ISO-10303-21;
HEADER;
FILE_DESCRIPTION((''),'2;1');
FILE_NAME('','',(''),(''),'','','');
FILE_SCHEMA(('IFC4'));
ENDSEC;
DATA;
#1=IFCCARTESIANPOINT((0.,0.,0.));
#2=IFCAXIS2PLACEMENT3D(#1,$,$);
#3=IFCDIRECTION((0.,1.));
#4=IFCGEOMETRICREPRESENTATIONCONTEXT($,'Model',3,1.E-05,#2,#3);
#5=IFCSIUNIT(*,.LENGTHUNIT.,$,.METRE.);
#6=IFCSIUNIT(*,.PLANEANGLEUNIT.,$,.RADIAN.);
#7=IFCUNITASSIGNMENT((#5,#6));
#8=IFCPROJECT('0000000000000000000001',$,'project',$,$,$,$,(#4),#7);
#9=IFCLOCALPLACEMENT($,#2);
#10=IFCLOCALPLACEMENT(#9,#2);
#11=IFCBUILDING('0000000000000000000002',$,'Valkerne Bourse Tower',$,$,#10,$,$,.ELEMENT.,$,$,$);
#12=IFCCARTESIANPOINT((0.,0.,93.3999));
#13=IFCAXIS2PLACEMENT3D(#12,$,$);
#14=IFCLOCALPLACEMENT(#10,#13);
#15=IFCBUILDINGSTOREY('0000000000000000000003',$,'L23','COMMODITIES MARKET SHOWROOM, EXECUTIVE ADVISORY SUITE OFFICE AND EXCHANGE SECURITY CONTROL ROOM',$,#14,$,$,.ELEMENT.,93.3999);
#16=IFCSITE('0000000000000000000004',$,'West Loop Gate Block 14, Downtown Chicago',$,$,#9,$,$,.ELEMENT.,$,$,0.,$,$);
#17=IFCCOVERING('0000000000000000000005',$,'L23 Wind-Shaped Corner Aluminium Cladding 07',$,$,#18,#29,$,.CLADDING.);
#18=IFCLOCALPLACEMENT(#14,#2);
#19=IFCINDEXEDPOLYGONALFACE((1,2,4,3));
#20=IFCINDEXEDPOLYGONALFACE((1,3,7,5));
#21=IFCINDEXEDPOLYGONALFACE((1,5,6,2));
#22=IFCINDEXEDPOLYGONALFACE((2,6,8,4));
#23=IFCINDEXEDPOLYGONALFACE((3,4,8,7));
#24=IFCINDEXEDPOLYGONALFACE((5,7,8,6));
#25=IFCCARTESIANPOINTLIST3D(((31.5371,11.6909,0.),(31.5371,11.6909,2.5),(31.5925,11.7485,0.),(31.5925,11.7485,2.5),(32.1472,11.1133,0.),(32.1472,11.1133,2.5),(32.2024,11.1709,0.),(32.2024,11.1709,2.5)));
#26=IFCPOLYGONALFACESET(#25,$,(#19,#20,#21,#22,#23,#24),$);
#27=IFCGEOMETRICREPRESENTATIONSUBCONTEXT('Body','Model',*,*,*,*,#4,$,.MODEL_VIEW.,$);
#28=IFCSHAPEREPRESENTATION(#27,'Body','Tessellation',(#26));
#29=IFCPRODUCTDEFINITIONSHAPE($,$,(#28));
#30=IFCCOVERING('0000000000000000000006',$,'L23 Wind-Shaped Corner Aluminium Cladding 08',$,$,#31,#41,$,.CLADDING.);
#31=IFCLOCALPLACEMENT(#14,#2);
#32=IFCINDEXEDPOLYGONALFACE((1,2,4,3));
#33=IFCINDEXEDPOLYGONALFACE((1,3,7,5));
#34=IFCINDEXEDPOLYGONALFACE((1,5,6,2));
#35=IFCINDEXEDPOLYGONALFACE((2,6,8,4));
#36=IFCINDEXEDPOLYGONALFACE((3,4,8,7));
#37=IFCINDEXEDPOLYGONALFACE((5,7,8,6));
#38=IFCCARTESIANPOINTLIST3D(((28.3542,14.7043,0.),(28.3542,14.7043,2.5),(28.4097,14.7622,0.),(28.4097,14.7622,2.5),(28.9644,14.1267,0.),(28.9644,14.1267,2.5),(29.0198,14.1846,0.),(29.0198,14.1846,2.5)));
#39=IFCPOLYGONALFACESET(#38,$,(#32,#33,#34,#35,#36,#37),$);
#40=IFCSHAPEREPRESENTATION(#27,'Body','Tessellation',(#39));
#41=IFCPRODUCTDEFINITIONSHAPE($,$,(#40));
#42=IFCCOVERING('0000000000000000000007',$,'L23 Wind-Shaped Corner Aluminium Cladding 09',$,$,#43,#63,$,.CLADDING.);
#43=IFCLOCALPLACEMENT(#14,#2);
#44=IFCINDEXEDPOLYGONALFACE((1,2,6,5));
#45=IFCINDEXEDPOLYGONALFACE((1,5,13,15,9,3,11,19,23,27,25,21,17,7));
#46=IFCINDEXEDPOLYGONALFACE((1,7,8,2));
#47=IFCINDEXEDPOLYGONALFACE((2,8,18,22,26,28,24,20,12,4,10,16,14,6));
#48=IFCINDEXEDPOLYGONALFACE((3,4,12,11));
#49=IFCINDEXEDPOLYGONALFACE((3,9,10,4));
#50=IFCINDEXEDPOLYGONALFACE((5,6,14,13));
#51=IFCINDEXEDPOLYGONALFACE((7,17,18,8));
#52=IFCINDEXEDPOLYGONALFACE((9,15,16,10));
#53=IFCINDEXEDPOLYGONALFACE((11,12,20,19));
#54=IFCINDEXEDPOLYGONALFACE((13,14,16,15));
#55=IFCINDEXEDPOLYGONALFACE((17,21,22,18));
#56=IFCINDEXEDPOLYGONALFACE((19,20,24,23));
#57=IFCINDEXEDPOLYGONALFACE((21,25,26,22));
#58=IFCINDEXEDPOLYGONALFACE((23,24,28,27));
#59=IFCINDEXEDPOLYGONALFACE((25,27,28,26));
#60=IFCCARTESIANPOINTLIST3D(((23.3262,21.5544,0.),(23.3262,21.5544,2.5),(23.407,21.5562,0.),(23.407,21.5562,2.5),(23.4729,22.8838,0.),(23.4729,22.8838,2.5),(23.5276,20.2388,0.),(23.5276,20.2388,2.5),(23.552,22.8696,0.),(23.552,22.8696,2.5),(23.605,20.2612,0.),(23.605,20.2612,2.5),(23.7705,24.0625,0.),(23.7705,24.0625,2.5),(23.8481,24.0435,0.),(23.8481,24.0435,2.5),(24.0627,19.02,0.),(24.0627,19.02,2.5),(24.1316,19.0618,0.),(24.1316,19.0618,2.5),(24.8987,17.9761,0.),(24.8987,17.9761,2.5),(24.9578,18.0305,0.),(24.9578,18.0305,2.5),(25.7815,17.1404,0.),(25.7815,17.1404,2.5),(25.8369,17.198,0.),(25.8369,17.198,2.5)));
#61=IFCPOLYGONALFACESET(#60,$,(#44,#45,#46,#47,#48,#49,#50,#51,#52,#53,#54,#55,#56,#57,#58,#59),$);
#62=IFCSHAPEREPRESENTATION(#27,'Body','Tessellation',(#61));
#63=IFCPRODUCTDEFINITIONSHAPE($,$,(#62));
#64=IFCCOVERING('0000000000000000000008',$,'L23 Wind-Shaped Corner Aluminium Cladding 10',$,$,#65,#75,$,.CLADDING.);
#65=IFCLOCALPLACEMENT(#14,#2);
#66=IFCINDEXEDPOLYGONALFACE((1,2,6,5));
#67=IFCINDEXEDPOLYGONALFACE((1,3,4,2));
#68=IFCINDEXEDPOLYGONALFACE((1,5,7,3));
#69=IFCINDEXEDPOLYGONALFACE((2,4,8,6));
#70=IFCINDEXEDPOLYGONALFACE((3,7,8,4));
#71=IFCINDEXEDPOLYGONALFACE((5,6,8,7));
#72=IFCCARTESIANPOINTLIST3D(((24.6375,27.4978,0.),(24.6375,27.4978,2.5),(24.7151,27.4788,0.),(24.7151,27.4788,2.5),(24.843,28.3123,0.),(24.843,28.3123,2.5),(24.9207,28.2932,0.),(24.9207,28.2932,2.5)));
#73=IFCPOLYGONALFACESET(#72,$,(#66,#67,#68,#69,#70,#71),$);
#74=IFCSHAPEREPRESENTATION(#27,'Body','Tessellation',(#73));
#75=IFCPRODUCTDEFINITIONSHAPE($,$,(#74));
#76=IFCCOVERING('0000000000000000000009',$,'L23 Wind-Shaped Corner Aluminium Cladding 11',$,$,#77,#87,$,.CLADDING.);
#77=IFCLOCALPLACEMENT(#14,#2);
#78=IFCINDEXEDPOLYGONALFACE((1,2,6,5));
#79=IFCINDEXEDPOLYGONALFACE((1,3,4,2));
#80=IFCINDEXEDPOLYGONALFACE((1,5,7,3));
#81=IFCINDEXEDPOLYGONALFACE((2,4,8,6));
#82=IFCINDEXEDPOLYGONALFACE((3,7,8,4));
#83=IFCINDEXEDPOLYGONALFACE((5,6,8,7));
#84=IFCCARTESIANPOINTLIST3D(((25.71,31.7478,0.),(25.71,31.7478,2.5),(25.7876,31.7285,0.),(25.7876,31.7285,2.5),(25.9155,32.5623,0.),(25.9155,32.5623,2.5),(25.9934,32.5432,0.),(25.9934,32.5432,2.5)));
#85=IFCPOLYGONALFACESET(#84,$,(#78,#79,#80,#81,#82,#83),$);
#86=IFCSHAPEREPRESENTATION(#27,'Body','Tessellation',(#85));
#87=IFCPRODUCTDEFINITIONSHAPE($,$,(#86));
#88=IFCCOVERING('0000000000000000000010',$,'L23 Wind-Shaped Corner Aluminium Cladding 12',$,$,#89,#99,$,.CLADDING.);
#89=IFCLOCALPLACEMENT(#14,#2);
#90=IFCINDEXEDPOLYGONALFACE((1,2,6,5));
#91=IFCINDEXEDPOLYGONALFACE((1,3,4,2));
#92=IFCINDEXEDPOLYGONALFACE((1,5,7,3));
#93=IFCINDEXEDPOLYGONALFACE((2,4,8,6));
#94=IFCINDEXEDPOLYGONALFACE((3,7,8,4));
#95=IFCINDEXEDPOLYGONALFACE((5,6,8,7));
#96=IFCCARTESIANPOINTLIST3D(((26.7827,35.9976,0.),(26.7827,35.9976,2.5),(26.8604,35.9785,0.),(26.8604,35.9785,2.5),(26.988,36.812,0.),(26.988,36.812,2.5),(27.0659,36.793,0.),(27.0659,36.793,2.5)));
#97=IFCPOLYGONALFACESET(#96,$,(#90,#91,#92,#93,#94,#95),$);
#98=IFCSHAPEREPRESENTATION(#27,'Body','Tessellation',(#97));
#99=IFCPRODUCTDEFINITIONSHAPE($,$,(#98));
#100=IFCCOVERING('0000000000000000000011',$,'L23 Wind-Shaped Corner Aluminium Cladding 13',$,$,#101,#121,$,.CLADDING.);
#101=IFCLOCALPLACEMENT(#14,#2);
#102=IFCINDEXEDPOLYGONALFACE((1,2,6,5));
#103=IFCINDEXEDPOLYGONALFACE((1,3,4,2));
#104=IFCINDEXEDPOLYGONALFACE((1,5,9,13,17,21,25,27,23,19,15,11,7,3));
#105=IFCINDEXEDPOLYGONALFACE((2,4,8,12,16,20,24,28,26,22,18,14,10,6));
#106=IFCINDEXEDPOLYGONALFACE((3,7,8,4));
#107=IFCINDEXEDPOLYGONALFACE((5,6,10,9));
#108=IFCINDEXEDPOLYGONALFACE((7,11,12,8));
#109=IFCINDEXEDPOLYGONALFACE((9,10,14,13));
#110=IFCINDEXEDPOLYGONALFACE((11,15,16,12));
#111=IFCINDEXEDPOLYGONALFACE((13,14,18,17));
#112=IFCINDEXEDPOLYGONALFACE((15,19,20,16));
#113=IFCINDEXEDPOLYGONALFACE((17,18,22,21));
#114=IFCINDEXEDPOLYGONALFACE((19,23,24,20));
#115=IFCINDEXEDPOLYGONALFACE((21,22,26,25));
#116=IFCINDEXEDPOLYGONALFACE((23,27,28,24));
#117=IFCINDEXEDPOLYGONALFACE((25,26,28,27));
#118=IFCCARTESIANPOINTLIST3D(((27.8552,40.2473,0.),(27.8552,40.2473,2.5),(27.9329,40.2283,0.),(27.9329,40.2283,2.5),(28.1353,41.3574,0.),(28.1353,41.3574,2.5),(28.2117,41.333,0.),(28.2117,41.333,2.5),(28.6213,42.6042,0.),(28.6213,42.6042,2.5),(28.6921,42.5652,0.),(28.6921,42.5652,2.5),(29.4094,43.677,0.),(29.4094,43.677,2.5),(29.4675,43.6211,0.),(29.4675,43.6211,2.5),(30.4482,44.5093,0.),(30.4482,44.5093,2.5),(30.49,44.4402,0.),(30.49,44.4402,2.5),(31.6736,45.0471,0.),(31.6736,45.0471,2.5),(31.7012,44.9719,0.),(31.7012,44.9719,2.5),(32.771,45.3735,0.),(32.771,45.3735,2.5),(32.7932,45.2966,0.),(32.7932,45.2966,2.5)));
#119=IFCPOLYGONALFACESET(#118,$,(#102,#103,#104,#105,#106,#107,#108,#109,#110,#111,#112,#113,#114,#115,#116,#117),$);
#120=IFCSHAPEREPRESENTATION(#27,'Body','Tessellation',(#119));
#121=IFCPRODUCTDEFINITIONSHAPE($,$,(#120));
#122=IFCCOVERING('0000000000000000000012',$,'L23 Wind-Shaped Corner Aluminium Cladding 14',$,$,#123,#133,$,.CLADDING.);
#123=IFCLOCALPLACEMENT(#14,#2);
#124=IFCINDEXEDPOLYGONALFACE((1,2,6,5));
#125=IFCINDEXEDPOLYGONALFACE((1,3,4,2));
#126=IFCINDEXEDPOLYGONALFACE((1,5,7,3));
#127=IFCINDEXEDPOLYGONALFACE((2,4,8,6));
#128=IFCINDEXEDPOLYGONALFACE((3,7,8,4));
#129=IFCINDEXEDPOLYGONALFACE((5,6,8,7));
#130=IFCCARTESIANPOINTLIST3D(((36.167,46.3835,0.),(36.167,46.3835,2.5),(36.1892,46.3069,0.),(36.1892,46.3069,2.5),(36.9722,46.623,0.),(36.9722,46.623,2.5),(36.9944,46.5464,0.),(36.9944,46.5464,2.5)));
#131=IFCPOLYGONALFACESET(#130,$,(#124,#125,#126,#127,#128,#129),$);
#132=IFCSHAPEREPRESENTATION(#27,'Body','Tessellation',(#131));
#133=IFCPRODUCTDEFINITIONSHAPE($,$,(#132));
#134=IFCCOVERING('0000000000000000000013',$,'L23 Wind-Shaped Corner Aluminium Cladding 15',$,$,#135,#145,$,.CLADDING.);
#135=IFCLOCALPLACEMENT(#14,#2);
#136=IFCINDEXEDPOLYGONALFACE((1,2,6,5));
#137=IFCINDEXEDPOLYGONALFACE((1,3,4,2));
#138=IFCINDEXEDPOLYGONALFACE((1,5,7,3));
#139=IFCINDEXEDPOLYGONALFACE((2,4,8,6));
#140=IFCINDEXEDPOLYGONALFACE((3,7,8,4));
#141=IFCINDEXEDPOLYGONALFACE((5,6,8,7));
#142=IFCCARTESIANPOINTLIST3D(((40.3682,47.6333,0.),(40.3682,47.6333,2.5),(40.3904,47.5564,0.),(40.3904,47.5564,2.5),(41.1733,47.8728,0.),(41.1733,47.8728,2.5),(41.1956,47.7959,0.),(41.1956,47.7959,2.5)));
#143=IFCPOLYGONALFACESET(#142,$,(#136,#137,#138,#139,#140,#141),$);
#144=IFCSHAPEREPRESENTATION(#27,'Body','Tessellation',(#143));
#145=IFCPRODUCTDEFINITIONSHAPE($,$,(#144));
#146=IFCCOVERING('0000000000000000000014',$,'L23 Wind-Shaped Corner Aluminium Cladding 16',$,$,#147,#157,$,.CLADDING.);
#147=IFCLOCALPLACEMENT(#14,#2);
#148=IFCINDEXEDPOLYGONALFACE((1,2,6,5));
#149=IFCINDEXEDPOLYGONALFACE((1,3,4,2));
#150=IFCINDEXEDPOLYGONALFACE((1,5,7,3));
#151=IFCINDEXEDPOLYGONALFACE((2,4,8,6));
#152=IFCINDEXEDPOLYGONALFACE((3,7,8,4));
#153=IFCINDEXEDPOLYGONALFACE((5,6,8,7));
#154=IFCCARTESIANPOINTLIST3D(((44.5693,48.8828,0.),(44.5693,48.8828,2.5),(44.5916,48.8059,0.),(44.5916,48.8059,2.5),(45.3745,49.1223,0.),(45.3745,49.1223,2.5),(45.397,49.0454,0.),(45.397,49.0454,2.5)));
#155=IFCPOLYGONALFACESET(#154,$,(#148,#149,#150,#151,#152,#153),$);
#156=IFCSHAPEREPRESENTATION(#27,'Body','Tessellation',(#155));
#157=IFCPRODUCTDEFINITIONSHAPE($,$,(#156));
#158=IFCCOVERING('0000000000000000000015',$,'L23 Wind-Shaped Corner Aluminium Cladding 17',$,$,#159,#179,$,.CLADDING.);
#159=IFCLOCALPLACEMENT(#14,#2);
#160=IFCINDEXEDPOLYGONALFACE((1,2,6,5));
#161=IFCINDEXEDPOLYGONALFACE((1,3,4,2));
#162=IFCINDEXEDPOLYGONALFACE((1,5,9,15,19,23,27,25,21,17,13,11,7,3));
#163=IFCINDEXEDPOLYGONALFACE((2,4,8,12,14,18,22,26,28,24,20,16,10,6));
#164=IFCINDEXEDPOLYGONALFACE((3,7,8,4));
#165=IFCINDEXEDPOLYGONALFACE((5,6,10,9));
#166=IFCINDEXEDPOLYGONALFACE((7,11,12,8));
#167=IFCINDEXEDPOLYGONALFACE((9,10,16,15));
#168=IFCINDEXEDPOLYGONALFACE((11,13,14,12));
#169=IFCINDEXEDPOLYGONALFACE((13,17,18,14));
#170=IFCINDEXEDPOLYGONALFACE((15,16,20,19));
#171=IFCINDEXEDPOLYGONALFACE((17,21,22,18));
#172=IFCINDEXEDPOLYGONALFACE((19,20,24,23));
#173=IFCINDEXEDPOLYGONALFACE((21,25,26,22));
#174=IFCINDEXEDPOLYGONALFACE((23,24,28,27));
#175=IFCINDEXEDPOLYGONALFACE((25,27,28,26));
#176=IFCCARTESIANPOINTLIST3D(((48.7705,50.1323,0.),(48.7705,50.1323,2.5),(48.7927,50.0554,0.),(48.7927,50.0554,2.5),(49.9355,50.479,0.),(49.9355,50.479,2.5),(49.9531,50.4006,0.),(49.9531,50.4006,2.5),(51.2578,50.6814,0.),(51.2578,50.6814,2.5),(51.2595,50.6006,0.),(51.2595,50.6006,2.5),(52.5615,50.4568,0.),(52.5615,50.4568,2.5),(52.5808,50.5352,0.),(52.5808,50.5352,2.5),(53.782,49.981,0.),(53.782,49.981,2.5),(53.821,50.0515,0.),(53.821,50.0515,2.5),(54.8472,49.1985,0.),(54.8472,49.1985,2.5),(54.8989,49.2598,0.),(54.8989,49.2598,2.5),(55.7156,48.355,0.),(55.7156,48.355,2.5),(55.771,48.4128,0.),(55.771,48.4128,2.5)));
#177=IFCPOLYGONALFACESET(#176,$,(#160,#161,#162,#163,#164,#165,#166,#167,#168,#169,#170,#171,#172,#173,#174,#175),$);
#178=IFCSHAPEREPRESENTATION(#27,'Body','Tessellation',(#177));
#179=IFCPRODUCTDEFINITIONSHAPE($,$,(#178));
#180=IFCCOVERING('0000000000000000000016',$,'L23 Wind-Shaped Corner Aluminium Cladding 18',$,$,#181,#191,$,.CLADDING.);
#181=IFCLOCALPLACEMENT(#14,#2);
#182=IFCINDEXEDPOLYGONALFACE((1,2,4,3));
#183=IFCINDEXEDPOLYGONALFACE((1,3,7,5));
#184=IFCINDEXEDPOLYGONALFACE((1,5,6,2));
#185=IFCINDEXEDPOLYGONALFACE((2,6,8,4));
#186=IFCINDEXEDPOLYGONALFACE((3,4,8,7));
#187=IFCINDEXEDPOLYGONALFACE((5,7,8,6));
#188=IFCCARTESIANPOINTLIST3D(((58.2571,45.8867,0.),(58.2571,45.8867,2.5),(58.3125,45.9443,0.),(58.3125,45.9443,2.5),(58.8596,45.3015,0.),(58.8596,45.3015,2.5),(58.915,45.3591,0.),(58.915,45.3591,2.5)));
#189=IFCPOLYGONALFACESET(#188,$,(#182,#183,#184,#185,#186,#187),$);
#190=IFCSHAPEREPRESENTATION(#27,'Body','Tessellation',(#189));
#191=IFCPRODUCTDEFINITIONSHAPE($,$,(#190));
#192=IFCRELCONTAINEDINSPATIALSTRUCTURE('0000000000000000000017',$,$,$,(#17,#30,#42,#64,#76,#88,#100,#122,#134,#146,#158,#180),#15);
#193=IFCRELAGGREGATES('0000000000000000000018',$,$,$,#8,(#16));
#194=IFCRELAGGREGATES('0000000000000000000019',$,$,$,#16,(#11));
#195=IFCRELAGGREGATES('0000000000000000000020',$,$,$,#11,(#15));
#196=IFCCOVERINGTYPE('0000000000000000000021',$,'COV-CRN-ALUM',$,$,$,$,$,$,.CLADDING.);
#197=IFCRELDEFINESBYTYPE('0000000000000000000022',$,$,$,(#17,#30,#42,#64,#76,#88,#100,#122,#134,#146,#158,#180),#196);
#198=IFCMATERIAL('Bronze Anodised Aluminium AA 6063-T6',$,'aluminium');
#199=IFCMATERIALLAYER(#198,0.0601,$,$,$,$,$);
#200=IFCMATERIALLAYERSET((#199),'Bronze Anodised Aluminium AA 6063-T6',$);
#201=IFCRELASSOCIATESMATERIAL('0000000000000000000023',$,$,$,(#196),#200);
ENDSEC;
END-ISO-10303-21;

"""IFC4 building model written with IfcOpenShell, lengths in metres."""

from ifc_helpers import new_model, si_unit, direction, frame, origin, place, context, subcontext, project, spatial, polyline, outline, extrude, material, layer, layer_set, type_object, element, save


model = new_model("IFC4")

# Units and contexts
model_context = context("Model", 3, precision=1e-05, world=origin(), true_north=direction((0.0, 1.0)))
body_context = subcontext(model_context, "Body", "Model", "MODEL_VIEW")
ifc_project = project(units=[si_unit("LENGTHUNIT", "METRE"), si_unit("PLANEANGLEUNIT", "RADIAN")], contexts=[model_context])

# Site, building, storey
site_placement = place(None, origin())
site = spatial("IfcSite", under=ifc_project, at=site_placement, Name="West Loop Gate Block 14, Downtown Chicago", CompositionType="ELEMENT", RefElevation=0.0)
building_placement = place(site_placement, origin())
building = spatial("IfcBuilding", under=site, at=building_placement, Name="Valkerne Bourse Tower", CompositionType="ELEMENT")
storey_placement = place(building_placement, frame((0.0, 0.0, 93.3999)))
storey = spatial("IfcBuildingStorey", under=building, at=storey_placement, Name="L23", Description="COMMODITIES MARKET SHOWROOM, EXECUTIVE ADVISORY SUITE OFFICE AND EXCHANGE SECURITY CONTROL ROOM", CompositionType="ELEMENT", Elevation=93.3999)

# Coverings
ifc_material_1 = material(Name="Bronze Anodised Aluminium AA 6063-T6", Category="aluminium")
ifc_layer_1 = layer(ifc_material_1, 0.0601)
ifc_layer_set_1 = layer_set([ifc_layer_1], Name="Bronze Anodised Aluminium AA 6063-T6")
covering_type = type_object("IfcCoveringType", Name="COV-CRN-ALUM", PredefinedType="CLADDING", material=ifc_layer_set_1)
covering_1_placement = place(storey_placement, origin())
element("IfcCovering", 1, at=covering_1_placement, inside=storey, type_object=covering_type, Name="L23 Wind-Shaped Corner Aluminium Cladding 07", PredefinedType="CLADDING", context=body_context, shape_type="SweptSolid", body=[
    extrude(outline(polyline([(31.5371, 11.6909), (31.5925, 11.7485), (32.2024, 11.1709), (32.1472, 11.1133), (31.5371, 11.6909)])), origin(), (0.0, 0.0, 1.0), 2.5),
])
covering_2_placement = place(storey_placement, origin())
element("IfcCovering", 2, at=covering_2_placement, inside=storey, type_object=covering_type, Name="L23 Wind-Shaped Corner Aluminium Cladding 08", PredefinedType="CLADDING", context=body_context, shape_type="SweptSolid", body=[
    extrude(outline(polyline([(28.3542, 14.7043), (28.4097, 14.7622), (29.0198, 14.1846), (28.9644, 14.1267), (28.3542, 14.7043)])), origin(), (0.0, 0.0, 1.0), 2.5),
])
covering_3_placement = place(storey_placement, origin())
element("IfcCovering", 3, at=covering_3_placement, inside=storey, type_object=covering_type, Name="L23 Wind-Shaped Corner Aluminium Cladding 09", PredefinedType="CLADDING", context=body_context, shape_type="SweptSolid", body=[
    extrude(outline(polyline([(24.8987, 17.9761), (24.0627, 19.02), (23.5276, 20.2388), (23.3262, 21.5544), (23.4729, 22.8838), (23.7705, 24.0625), (23.8481, 24.0435), (23.552, 22.8696), (23.407, 21.5562), (23.605, 20.2612), (24.1316, 19.0618), (24.9578, 18.0305), (25.8369, 17.198), (25.7815, 17.1404), (24.8987, 17.9761)])), origin(), (0.0, 0.0, 1.0), 2.5),
])
covering_4_placement = place(storey_placement, origin())
element("IfcCovering", 4, at=covering_4_placement, inside=storey, type_object=covering_type, Name="L23 Wind-Shaped Corner Aluminium Cladding 10", PredefinedType="CLADDING", context=body_context, shape_type="SweptSolid", body=[
    extrude(outline(polyline([(24.843, 28.3123), (24.9207, 28.2932), (24.7151, 27.4788), (24.6375, 27.4978), (24.843, 28.3123)])), origin(), (0.0, 0.0, 1.0), 2.5),
])
covering_5_placement = place(storey_placement, origin())
element("IfcCovering", 5, at=covering_5_placement, inside=storey, type_object=covering_type, Name="L23 Wind-Shaped Corner Aluminium Cladding 11", PredefinedType="CLADDING", context=body_context, shape_type="SweptSolid", body=[
    extrude(outline(polyline([(25.9155, 32.5623), (25.9934, 32.5432), (25.7876, 31.7285), (25.71, 31.7478), (25.9155, 32.5623)])), origin(), (0.0, 0.0, 1.0), 2.5),
])
covering_6_placement = place(storey_placement, origin())
element("IfcCovering", 6, at=covering_6_placement, inside=storey, type_object=covering_type, Name="L23 Wind-Shaped Corner Aluminium Cladding 12", PredefinedType="CLADDING", context=body_context, shape_type="SweptSolid", body=[
    extrude(outline(polyline([(26.988, 36.812), (27.0659, 36.793), (26.8604, 35.9785), (26.7827, 35.9976), (26.988, 36.812)])), origin(), (0.0, 0.0, 1.0), 2.5),
])
covering_7_placement = place(storey_placement, origin())
element("IfcCovering", 7, at=covering_7_placement, inside=storey, type_object=covering_type, Name="L23 Wind-Shaped Corner Aluminium Cladding 13", PredefinedType="CLADDING", context=body_context, shape_type="SweptSolid", body=[
    extrude(outline(polyline([(28.1353, 41.3574), (28.6213, 42.6042), (29.4094, 43.677), (30.4482, 44.5093), (31.6736, 45.0471), (32.771, 45.3735), (32.7932, 45.2966), (31.7012, 44.9719), (30.49, 44.4402), (29.4675, 43.6211), (28.6921, 42.5652), (28.2117, 41.333), (27.9329, 40.2283), (27.8552, 40.2473), (28.1353, 41.3574)])), origin(), (0.0, 0.0, 1.0), 2.5),
])
covering_8_placement = place(storey_placement, origin())
element("IfcCovering", 8, at=covering_8_placement, inside=storey, type_object=covering_type, Name="L23 Wind-Shaped Corner Aluminium Cladding 14", PredefinedType="CLADDING", context=body_context, shape_type="SweptSolid", body=[
    extrude(outline(polyline([(36.9722, 46.623), (36.9944, 46.5464), (36.1892, 46.3069), (36.167, 46.3835), (36.9722, 46.623)])), origin(), (0.0, 0.0, 1.0), 2.5),
])
covering_9_placement = place(storey_placement, origin())
element("IfcCovering", 9, at=covering_9_placement, inside=storey, type_object=covering_type, Name="L23 Wind-Shaped Corner Aluminium Cladding 15", PredefinedType="CLADDING", context=body_context, shape_type="SweptSolid", body=[
    extrude(outline(polyline([(41.1733, 47.8728), (41.1956, 47.7959), (40.3904, 47.5564), (40.3682, 47.6333), (41.1733, 47.8728)])), origin(), (0.0, 0.0, 1.0), 2.5),
])
covering_10_placement = place(storey_placement, origin())
element("IfcCovering", 10, at=covering_10_placement, inside=storey, type_object=covering_type, Name="L23 Wind-Shaped Corner Aluminium Cladding 16", PredefinedType="CLADDING", context=body_context, shape_type="SweptSolid", body=[
    extrude(outline(polyline([(45.3745, 49.1223), (45.397, 49.0454), (44.5916, 48.8059), (44.5693, 48.8828), (45.3745, 49.1223)])), origin(), (0.0, 0.0, 1.0), 2.5),
])
covering_11_placement = place(storey_placement, origin())
element("IfcCovering", 11, at=covering_11_placement, inside=storey, type_object=covering_type, Name="L23 Wind-Shaped Corner Aluminium Cladding 17", PredefinedType="CLADDING", context=body_context, shape_type="SweptSolid", body=[
    extrude(outline(polyline([(49.9355, 50.479), (51.2578, 50.6814), (52.5808, 50.5352), (53.821, 50.0515), (54.8989, 49.2598), (55.771, 48.4128), (55.7156, 48.355), (54.8472, 49.1985), (53.782, 49.981), (52.5615, 50.4568), (51.2595, 50.6006), (49.9531, 50.4006), (48.7927, 50.0554), (48.7705, 50.1323), (49.9355, 50.479)])), origin(), (0.0, 0.0, 1.0), 2.5),
])
covering_12_placement = place(storey_placement, origin())
element("IfcCovering", 12, at=covering_12_placement, inside=storey, type_object=covering_type, Name="L23 Wind-Shaped Corner Aluminium Cladding 18", PredefinedType="CLADDING", context=body_context, shape_type="SweptSolid", body=[
    extrude(outline(polyline([(58.915, 45.3591), (58.8596, 45.3015), (58.2571, 45.8867), (58.3125, 45.9443), (58.915, 45.3591)])), origin(), (0.0, 0.0, 1.0), 2.5),
])

save(model, "model.ifc")
